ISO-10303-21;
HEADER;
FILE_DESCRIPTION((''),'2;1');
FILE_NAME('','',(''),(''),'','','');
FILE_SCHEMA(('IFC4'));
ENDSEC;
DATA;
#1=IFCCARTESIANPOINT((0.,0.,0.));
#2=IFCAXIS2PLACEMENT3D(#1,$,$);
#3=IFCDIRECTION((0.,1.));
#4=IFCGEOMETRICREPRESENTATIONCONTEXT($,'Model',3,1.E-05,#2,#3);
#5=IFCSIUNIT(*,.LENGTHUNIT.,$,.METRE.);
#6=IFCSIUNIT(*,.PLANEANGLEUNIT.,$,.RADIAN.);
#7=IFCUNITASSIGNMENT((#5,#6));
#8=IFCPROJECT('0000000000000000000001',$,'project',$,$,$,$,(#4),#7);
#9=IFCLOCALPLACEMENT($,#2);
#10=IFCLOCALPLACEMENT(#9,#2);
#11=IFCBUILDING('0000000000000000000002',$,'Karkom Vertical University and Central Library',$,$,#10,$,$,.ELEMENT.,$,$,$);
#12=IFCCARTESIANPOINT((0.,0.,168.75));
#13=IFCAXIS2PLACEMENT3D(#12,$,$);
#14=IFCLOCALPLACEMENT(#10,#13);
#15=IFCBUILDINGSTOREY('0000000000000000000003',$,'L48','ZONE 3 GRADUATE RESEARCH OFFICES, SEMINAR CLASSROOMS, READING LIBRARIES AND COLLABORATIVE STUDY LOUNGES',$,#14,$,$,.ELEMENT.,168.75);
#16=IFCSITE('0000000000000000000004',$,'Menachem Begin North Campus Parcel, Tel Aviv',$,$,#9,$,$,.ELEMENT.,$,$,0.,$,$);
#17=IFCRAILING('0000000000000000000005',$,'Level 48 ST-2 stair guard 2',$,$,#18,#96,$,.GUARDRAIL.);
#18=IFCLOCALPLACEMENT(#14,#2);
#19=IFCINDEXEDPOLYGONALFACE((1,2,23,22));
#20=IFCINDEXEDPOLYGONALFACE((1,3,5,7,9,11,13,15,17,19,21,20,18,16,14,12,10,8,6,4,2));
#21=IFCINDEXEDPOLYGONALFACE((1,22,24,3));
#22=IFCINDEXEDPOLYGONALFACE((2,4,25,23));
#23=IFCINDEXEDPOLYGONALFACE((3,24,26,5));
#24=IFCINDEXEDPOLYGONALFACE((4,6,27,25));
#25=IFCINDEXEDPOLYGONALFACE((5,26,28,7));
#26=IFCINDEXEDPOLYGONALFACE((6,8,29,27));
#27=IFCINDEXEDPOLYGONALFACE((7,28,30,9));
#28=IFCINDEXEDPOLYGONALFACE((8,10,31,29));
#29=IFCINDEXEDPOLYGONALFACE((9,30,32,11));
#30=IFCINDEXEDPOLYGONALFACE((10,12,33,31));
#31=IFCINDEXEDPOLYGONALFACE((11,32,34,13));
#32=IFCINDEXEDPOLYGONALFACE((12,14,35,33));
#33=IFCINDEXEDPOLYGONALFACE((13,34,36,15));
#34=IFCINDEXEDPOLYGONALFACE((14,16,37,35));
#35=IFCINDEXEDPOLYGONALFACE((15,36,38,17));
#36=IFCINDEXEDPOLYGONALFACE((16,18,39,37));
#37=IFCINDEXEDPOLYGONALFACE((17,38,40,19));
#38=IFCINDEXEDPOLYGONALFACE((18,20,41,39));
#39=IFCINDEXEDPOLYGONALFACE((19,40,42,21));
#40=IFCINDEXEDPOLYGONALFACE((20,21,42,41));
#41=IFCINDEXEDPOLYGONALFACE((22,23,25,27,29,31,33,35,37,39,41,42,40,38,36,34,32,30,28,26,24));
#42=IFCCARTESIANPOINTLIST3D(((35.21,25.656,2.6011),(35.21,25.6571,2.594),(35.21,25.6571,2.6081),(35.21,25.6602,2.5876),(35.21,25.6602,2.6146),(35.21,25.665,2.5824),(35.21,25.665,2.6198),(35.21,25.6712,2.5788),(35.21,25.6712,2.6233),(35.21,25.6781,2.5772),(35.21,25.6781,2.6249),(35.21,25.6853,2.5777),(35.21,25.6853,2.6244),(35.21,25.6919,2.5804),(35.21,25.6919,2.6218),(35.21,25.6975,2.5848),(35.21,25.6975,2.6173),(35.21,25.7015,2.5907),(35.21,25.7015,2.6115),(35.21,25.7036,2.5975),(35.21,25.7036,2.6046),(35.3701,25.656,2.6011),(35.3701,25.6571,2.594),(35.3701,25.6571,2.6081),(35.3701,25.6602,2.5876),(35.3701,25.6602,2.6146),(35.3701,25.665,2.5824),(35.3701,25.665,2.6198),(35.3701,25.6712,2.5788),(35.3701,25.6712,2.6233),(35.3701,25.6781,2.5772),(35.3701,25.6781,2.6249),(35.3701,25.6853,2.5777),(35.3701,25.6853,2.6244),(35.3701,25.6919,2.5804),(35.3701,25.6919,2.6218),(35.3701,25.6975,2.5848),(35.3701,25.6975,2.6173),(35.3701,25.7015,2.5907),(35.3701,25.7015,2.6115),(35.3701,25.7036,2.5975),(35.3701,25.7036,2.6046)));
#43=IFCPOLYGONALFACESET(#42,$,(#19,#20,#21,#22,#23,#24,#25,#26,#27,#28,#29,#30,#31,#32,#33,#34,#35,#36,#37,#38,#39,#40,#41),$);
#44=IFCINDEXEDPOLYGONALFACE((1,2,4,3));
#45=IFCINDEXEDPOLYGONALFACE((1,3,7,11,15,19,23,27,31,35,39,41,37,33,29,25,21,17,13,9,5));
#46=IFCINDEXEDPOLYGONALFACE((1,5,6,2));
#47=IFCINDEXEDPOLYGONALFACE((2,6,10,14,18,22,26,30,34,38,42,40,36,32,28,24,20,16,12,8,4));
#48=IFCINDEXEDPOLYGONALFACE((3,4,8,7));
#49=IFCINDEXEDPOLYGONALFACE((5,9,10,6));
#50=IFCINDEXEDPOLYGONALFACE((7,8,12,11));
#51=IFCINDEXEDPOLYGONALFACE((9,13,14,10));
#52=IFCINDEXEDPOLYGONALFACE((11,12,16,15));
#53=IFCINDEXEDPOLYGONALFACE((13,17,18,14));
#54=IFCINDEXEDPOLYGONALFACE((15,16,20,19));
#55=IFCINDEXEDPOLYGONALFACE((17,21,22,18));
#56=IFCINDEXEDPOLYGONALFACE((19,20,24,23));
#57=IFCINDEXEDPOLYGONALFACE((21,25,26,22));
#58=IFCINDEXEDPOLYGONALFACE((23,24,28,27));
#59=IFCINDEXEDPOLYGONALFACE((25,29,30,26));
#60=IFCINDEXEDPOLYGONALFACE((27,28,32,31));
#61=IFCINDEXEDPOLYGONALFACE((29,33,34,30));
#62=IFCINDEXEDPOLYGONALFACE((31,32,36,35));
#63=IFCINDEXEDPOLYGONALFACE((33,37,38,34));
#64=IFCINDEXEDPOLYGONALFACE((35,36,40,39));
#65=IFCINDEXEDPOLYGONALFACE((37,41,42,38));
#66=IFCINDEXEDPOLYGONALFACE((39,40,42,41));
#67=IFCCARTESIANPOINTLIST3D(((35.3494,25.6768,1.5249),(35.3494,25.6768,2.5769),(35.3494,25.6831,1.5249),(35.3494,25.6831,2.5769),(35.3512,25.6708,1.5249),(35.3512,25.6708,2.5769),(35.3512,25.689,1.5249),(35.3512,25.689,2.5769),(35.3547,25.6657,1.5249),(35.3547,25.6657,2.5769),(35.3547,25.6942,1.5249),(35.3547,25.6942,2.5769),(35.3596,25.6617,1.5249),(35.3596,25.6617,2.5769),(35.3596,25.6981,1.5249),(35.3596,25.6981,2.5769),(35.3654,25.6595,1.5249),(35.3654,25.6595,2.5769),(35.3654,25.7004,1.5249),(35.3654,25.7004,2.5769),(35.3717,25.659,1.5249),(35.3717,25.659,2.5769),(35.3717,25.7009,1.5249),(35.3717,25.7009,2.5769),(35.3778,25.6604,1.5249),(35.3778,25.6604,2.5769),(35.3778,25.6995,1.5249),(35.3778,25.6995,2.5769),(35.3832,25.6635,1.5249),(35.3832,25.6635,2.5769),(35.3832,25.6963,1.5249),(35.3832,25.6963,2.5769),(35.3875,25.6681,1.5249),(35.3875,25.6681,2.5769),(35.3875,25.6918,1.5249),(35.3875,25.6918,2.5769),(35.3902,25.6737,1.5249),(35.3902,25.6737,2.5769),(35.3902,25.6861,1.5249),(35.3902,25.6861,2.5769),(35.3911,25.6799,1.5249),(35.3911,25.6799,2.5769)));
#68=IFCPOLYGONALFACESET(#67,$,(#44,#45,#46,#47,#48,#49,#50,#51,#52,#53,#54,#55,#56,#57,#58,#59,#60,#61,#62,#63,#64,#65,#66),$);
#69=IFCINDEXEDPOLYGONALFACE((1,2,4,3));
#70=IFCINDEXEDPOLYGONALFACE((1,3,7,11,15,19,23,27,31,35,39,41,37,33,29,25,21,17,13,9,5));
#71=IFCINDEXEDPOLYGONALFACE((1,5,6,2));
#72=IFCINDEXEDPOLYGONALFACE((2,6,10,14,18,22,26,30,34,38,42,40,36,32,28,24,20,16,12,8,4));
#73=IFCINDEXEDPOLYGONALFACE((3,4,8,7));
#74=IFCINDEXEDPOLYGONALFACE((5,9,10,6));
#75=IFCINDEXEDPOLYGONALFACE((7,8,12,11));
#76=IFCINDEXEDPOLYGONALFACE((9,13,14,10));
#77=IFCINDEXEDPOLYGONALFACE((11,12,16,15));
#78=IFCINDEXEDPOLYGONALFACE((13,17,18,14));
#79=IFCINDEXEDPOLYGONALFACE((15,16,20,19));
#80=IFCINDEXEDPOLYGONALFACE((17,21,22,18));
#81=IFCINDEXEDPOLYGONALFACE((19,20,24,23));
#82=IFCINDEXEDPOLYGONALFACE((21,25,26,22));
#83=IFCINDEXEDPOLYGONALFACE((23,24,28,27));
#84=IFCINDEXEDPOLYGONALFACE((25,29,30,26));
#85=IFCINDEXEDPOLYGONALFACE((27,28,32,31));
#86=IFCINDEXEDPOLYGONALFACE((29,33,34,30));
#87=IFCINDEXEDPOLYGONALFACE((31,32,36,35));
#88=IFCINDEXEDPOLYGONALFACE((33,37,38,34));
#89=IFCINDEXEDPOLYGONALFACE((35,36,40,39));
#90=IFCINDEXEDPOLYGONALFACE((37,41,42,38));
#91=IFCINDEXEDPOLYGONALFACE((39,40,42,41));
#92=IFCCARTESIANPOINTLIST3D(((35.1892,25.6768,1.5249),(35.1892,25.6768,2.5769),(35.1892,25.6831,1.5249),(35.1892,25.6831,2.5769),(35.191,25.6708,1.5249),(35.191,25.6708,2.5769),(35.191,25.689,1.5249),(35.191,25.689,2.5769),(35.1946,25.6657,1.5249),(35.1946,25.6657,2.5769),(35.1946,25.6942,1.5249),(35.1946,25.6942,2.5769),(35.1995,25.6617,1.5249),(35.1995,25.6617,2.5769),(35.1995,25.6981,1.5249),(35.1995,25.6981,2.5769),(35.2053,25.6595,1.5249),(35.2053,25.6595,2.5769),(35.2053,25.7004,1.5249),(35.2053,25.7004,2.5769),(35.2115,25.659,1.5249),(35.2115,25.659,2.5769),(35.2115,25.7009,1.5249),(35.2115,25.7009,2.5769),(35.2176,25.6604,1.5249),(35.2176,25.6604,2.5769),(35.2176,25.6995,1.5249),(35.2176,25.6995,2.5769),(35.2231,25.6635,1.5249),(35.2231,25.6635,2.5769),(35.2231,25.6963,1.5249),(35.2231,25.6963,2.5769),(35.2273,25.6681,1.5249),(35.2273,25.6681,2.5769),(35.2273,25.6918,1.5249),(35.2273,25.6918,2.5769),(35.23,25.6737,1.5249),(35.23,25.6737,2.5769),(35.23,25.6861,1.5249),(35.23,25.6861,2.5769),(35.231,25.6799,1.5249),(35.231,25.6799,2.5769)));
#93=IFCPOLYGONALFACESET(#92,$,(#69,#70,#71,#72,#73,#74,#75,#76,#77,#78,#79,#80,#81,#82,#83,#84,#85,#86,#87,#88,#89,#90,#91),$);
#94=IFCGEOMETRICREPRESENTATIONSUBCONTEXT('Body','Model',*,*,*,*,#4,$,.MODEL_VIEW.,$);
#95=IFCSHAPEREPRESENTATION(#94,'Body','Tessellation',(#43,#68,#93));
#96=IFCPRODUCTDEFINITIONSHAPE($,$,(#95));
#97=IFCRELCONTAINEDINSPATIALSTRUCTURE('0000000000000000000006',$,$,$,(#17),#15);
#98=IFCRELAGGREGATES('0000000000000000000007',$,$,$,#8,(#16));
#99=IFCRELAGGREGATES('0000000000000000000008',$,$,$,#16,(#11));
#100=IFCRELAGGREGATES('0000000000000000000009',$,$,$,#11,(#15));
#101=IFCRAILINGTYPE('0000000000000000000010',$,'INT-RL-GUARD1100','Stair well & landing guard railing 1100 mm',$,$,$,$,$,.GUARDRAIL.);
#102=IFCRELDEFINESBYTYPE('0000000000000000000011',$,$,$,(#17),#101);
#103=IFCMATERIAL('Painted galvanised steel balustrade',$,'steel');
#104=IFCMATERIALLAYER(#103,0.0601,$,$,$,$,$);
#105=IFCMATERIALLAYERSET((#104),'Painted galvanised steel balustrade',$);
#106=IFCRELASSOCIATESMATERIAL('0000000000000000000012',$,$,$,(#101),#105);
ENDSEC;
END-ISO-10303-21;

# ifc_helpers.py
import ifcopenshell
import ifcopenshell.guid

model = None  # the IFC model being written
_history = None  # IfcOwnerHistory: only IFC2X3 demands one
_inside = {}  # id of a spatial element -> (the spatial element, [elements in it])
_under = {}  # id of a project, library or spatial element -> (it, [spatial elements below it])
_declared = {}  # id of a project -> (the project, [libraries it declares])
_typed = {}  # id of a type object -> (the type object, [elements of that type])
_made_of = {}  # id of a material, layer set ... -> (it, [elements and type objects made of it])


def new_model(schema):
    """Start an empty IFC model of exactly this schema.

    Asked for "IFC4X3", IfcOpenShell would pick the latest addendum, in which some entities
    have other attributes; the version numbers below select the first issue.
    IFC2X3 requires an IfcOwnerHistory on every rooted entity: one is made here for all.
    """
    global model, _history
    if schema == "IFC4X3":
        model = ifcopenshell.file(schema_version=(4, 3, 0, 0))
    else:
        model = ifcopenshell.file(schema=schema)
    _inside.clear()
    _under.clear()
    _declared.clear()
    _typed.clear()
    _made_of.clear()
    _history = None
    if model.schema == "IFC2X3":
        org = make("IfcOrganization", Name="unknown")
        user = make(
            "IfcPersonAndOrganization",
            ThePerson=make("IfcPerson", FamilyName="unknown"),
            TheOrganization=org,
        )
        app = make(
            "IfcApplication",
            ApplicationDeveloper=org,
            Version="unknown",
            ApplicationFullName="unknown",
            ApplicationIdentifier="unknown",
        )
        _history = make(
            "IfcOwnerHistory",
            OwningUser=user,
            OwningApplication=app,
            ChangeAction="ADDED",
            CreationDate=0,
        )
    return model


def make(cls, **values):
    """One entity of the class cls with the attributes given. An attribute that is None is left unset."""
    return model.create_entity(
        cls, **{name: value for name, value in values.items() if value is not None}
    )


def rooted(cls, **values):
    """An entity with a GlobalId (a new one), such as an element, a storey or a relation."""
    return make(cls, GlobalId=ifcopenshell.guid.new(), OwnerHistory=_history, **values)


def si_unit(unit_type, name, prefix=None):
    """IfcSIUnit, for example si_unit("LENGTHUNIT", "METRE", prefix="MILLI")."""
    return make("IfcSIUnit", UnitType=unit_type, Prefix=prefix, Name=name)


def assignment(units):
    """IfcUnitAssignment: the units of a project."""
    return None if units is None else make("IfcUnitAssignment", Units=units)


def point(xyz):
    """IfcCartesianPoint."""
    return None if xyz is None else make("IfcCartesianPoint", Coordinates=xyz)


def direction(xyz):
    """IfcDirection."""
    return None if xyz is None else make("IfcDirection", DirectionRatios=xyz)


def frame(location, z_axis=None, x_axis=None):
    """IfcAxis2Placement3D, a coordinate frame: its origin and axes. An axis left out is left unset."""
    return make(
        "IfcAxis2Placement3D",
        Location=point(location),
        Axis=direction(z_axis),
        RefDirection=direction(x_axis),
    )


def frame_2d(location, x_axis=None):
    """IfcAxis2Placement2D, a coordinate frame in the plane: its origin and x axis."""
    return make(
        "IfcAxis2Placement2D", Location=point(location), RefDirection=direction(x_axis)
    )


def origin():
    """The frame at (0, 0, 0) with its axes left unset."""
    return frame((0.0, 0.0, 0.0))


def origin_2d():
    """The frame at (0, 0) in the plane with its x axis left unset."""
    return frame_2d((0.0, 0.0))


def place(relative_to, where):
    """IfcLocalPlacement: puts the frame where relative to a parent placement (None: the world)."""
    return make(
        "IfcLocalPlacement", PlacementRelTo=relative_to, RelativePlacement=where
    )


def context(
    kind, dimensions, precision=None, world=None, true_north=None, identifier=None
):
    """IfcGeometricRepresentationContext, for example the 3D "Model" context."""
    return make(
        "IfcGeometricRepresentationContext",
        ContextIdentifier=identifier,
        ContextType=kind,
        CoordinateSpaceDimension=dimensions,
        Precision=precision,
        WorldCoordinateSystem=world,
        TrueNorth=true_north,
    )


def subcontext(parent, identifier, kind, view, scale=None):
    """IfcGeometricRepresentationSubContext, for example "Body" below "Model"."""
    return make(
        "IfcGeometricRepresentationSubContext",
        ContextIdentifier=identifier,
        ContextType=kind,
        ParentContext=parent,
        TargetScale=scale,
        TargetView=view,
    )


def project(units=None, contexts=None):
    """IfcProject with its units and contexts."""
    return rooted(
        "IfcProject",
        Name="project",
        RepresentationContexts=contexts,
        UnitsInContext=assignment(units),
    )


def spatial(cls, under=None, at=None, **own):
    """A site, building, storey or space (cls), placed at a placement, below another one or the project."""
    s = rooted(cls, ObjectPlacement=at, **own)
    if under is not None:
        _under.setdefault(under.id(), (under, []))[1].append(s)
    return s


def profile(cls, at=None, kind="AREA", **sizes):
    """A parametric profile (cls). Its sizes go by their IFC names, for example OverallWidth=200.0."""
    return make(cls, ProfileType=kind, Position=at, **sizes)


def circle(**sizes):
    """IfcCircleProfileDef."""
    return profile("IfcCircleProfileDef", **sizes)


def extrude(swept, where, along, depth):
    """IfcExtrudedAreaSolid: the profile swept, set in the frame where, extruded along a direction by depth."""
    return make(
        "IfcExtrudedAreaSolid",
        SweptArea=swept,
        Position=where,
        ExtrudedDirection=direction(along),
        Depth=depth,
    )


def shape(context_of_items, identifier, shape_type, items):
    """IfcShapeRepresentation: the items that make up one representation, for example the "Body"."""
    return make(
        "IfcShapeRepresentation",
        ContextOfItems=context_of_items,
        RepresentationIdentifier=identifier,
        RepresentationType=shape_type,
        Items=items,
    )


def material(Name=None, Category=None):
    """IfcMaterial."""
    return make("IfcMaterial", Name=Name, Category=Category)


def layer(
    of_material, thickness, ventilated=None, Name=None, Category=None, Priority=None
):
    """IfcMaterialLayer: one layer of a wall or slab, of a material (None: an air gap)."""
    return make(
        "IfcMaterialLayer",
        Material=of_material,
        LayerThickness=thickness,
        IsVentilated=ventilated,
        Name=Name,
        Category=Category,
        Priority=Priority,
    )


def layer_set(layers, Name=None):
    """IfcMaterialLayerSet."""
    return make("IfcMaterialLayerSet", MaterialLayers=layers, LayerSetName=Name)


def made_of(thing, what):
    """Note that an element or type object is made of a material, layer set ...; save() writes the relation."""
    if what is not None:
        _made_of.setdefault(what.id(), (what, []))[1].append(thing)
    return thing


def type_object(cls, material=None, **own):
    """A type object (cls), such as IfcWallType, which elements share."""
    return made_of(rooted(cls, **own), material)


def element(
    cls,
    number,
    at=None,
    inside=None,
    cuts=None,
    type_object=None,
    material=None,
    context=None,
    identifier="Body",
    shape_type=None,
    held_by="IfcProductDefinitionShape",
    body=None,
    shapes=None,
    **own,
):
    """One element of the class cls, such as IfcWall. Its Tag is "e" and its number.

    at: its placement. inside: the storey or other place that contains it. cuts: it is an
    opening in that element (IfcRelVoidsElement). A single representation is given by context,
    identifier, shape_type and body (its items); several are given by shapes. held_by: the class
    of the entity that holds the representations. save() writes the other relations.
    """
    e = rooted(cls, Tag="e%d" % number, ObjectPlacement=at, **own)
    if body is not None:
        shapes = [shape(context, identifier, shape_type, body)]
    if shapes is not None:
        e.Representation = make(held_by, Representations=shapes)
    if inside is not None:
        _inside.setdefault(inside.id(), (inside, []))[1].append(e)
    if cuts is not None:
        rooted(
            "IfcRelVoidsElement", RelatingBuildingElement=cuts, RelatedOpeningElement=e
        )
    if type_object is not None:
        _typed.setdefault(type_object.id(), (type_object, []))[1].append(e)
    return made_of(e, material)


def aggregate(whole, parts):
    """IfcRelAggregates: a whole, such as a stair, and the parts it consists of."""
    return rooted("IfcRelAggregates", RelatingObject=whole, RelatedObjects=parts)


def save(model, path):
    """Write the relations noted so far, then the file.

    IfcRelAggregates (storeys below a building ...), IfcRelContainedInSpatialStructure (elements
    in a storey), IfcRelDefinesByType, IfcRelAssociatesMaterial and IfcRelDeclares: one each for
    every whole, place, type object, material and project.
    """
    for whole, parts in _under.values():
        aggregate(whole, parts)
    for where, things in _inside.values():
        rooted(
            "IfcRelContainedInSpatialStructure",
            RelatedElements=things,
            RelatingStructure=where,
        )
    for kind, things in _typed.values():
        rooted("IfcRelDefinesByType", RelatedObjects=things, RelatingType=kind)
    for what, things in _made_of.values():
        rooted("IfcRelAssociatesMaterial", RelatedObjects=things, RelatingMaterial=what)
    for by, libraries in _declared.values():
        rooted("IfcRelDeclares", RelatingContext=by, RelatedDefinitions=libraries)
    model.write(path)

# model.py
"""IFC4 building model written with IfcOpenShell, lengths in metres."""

from ifc_helpers import new_model, si_unit, direction, frame, origin, origin_2d, place, context, subcontext, project, spatial, circle, extrude, material, layer, layer_set, type_object, element, save


model = new_model("IFC4")

# Units and contexts
model_context = context("Model", 3, precision=1e-05, world=origin(), true_north=direction((0.0, 1.0)))
body_context = subcontext(model_context, "Body", "Model", "MODEL_VIEW")
ifc_project = project(units=[si_unit("LENGTHUNIT", "METRE"), si_unit("PLANEANGLEUNIT", "RADIAN")], contexts=[model_context])

# Site, building, storey
site_placement = place(None, origin())
site = spatial("IfcSite", under=ifc_project, at=site_placement, Name="Menachem Begin North Campus Parcel, Tel Aviv", CompositionType="ELEMENT", RefElevation=0.0)
building_placement = place(site_placement, origin())
building = spatial("IfcBuilding", under=site, at=building_placement, Name="Karkom Vertical University and Central Library", CompositionType="ELEMENT")
storey_placement = place(building_placement, frame((0.0, 0.0, 168.75)))
storey = spatial("IfcBuildingStorey", under=building, at=storey_placement, Name="L48", Description="ZONE 3 GRADUATE RESEARCH OFFICES, SEMINAR CLASSROOMS, READING LIBRARIES AND COLLABORATIVE STUDY LOUNGES", CompositionType="ELEMENT", Elevation=168.75)

# Railing
ifc_material_1 = material(Name="Painted galvanised steel balustrade", Category="steel")
ifc_layer_1 = layer(ifc_material_1, 0.0601)
ifc_layer_set_1 = layer_set([ifc_layer_1], Name="Painted galvanised steel balustrade")
railing_type_1 = type_object("IfcRailingType", Name="INT-RL-GUARD1100", Description="Stair well & landing guard railing 1100 mm", PredefinedType="GUARDRAIL", material=ifc_layer_set_1)
railing_1_placement = place(storey_placement, frame((35.3701, 25.6799, 1.5249)))
element("IfcRailing", 1, at=railing_1_placement, inside=storey, type_object=railing_type_1, Name="Level 48 ST-2 stair guard 2", PredefinedType="GUARDRAIL", context=body_context, shape_type="SweptSolid", body=[
    extrude(circle(Radius=0.0239, at=origin_2d()), frame((0.0, 0.0, 1.0762), z_axis=(-1.0, 0.0, 0.0), x_axis=(0.0, -1.0, 0.0)), (0.0, 0.0, 1.0), 0.1602),
    extrude(circle(Radius=0.021, at=origin_2d()), origin(), (0.0, 0.0, 1.0), 1.052),
    extrude(circle(Radius=0.021, at=origin_2d()), frame((-0.1602, 0.0, 0.0)), (0.0, 0.0, 1.0), 1.052),
])

save(model, "model.ifc")
